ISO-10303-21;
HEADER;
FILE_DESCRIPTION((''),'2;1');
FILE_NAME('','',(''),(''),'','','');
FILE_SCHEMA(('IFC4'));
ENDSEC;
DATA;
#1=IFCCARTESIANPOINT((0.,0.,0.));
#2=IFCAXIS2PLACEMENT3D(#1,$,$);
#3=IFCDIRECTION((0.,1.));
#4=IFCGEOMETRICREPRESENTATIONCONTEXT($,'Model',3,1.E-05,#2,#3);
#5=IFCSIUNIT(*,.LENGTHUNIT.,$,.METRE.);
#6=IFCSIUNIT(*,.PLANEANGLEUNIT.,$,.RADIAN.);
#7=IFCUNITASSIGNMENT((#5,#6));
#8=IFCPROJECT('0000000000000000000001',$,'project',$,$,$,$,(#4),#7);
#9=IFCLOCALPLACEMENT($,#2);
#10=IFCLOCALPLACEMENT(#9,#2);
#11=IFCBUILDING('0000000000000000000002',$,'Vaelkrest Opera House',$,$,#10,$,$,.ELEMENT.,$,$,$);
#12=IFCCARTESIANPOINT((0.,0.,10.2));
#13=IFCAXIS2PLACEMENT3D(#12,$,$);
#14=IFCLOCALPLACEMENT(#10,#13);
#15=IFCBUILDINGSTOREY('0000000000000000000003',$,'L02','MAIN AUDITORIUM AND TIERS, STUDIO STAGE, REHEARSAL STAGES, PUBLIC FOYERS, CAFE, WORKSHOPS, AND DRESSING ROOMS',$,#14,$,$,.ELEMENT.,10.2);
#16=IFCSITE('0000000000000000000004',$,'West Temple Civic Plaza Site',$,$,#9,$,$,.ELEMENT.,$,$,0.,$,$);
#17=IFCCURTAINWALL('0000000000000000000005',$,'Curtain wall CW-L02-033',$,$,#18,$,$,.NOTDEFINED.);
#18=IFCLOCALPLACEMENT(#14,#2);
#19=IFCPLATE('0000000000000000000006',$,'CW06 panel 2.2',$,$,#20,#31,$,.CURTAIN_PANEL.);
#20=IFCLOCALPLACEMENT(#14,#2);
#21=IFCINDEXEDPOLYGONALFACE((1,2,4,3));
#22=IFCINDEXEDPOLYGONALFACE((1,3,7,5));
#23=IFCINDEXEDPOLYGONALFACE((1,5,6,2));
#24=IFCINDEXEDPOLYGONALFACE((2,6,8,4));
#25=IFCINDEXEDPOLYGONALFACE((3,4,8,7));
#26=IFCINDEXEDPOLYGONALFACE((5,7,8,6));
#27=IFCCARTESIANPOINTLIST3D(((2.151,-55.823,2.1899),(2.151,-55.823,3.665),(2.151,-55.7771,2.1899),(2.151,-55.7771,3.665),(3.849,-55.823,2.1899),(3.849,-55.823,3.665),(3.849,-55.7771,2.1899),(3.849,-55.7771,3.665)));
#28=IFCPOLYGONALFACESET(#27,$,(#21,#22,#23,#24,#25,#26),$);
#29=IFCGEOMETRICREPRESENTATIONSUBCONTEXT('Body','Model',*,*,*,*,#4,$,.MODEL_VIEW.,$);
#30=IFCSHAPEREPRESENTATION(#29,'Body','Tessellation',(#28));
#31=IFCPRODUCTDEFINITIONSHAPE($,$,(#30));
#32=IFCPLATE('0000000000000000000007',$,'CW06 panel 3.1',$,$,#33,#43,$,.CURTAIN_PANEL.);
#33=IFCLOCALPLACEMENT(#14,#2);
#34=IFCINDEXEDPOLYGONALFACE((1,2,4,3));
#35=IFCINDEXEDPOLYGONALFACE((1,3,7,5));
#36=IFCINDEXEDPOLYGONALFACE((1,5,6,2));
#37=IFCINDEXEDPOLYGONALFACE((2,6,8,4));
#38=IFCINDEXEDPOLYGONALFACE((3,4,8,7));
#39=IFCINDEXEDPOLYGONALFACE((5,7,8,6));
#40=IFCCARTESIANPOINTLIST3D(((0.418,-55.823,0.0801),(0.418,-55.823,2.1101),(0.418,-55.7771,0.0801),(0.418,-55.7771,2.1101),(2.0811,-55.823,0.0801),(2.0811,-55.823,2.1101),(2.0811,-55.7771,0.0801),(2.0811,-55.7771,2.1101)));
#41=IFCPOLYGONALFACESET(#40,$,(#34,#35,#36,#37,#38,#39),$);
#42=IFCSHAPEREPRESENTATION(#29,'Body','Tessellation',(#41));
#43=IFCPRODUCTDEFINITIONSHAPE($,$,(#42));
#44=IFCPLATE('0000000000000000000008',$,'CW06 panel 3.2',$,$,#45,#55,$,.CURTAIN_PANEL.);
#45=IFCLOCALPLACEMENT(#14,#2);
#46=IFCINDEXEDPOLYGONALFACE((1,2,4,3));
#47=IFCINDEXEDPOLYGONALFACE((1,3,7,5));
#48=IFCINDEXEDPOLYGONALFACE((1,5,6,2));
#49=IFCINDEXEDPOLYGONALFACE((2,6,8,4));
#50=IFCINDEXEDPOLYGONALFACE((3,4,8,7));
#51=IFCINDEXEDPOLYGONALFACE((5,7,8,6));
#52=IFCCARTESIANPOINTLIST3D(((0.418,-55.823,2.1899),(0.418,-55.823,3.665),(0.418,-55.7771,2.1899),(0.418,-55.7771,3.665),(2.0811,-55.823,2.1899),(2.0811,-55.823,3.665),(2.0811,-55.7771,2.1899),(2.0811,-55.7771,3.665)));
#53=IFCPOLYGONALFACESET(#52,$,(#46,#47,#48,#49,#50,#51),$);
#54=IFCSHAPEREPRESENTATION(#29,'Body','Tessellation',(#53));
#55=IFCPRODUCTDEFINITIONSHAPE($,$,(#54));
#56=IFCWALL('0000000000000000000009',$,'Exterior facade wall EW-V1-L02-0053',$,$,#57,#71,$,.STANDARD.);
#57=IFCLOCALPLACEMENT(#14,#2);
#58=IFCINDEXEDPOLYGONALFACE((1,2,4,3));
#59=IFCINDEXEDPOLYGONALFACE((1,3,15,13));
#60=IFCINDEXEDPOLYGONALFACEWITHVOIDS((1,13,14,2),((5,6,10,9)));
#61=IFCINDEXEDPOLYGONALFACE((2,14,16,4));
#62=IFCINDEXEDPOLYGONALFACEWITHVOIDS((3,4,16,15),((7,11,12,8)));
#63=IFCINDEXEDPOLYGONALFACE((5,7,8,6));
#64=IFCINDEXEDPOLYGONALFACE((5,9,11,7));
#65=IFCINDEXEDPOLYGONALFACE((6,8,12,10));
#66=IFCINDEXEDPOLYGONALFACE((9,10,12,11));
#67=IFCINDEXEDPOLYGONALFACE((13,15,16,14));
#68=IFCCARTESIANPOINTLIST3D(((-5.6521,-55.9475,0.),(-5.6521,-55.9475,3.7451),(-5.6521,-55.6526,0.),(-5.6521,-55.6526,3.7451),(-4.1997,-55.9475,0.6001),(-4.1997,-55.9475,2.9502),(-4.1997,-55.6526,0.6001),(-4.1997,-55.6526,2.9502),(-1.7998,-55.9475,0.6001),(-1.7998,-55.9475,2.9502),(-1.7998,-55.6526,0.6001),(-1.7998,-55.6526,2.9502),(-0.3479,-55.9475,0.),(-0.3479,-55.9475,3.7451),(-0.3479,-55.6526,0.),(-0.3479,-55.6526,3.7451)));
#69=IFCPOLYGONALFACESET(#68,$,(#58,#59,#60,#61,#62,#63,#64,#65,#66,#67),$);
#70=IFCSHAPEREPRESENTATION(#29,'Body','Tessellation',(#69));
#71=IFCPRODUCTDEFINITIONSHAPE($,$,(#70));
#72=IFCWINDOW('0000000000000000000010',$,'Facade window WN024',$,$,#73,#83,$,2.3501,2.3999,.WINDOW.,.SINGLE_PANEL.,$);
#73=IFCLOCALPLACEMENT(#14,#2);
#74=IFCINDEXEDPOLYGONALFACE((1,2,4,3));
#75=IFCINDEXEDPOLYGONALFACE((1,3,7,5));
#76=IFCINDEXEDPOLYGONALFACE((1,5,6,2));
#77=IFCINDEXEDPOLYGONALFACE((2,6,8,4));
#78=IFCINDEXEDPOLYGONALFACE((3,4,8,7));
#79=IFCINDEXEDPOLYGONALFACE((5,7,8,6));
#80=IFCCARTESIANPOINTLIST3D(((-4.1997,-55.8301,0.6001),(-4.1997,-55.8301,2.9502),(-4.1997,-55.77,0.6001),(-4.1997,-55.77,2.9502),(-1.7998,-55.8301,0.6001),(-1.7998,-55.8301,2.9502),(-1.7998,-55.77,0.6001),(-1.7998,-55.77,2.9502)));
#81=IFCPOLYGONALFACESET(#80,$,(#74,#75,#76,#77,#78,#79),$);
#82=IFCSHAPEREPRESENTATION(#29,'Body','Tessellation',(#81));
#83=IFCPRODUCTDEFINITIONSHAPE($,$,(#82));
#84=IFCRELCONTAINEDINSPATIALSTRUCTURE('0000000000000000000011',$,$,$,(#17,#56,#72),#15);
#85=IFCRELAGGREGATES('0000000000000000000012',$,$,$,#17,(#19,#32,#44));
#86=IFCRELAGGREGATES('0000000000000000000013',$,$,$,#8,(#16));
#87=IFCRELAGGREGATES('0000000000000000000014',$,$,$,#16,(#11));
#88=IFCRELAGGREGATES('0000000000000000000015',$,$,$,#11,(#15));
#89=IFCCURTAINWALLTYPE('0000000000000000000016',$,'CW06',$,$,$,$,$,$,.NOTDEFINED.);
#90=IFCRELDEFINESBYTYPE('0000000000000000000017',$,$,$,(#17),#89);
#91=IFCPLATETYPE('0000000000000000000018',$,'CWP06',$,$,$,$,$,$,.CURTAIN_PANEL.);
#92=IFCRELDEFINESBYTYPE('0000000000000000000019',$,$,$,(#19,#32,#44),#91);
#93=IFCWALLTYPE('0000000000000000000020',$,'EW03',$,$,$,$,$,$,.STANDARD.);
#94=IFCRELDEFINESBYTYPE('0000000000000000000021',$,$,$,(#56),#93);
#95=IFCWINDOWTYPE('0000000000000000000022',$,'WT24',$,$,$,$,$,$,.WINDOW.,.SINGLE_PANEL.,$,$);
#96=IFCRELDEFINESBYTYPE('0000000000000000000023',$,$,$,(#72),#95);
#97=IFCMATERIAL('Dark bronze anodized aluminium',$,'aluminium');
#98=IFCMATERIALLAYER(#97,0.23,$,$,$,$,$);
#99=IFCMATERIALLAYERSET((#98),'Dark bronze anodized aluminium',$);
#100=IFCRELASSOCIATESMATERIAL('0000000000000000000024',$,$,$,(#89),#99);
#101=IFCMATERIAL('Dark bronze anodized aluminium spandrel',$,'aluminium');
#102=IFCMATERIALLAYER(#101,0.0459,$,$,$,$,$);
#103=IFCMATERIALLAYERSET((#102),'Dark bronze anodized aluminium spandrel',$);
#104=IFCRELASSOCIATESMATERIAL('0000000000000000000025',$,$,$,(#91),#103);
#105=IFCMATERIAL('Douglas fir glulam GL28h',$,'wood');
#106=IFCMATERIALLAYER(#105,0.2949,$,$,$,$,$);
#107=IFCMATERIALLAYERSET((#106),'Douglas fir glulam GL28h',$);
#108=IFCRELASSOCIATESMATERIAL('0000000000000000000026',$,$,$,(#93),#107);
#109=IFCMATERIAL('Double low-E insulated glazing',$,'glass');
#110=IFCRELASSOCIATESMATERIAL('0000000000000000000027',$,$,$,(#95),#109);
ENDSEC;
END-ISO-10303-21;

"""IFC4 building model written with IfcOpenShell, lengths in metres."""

from ifc_helpers import new_model, si_unit, direction, frame, frame_2d, origin, origin_2d, place, context, subcontext, project, spatial, rectangle, extrude, material, layer, layer_set, type_object, element, fill, aggregate, save


model = new_model("IFC4")

# Units and contexts
model_context = context("Model", 3, precision=1e-05, world=origin(), true_north=direction((0.0, 1.0)))
body_context = subcontext(model_context, "Body", "Model", "MODEL_VIEW")
ifc_project = project(units=[si_unit("LENGTHUNIT", "METRE"), si_unit("PLANEANGLEUNIT", "RADIAN")], contexts=[model_context])

# Site, building, storey
site_placement = place(None, origin())
site = spatial("IfcSite", under=ifc_project, at=site_placement, Name="West Temple Civic Plaza Site", CompositionType="ELEMENT", RefElevation=0.0)
building_placement = place(site_placement, origin())
building = spatial("IfcBuilding", under=site, at=building_placement, Name="Vaelkrest Opera House", CompositionType="ELEMENT")
storey_placement = place(building_placement, frame((0.0, 0.0, 10.2)))
storey = spatial("IfcBuildingStorey", under=building, at=storey_placement, Name="L02", Description="MAIN AUDITORIUM AND TIERS, STUDIO STAGE, REHEARSAL STAGES, PUBLIC FOYERS, CAFE, WORKSHOPS, AND DRESSING ROOMS", CompositionType="ELEMENT", Elevation=10.2)

# Curtain wall
ifc_material_1 = material(Name="Dark bronze anodized aluminium", Category="aluminium")
ifc_layer_1 = layer(ifc_material_1, 0.23)
ifc_layer_set_1 = layer_set([ifc_layer_1], Name="Dark bronze anodized aluminium")
curtain_wall_type_1 = type_object("IfcCurtainWallType", Name="CW06", PredefinedType="NOTDEFINED", material=ifc_layer_set_1)
curtain_wall_1_placement = place(storey_placement, origin())
curtain_wall_1 = element("IfcCurtainWall", 1, at=curtain_wall_1_placement, inside=storey, type_object=curtain_wall_type_1, Name="Curtain wall CW-L02-033", PredefinedType="NOTDEFINED")

# Plates
ifc_material_2 = material(Name="Dark bronze anodized aluminium spandrel", Category="aluminium")
ifc_layer_2 = layer(ifc_material_2, 0.0459)
ifc_layer_set_2 = layer_set([ifc_layer_2], Name="Dark bronze anodized aluminium spandrel")
plate_type = type_object("IfcPlateType", Name="CWP06", PredefinedType="CURTAIN_PANEL", material=ifc_layer_set_2)
plate_1_placement = place(storey_placement, frame((3.0, -55.8, 2.1899), z_axis=(0.0, 0.0, 1.0), x_axis=(-1.0, 0.0, 0.0)))
plate_1 = element("IfcPlate", 2, at=plate_1_placement, type_object=plate_type, Name="CW06 panel 2.2", PredefinedType="CURTAIN_PANEL", context=body_context, shape_type="SweptSolid", body=[
    extrude(rectangle(XDim=1.698, YDim=0.0459, at=origin_2d()), origin(), (0.0, 0.0, 1.0), 1.4751),
])
plate_2_placement = place(storey_placement, frame((1.2495, -55.8, 0.0801), z_axis=(0.0, 0.0, 1.0), x_axis=(-1.0, 0.0, 0.0)))
plate_2 = element("IfcPlate", 3, at=plate_2_placement, type_object=plate_type, Name="CW06 panel 3.1", PredefinedType="CURTAIN_PANEL", context=body_context, shape_type="SweptSolid", body=[
    extrude(rectangle(XDim=1.6631, YDim=0.0459, at=origin_2d()), origin(), (0.0, 0.0, 1.0), 2.03),
])
plate_3_placement = place(storey_placement, frame((1.2495, -55.8, 2.1899), z_axis=(0.0, 0.0, 1.0), x_axis=(-1.0, 0.0, 0.0)))
plate_3 = element("IfcPlate", 4, at=plate_3_placement, type_object=plate_type, Name="CW06 panel 3.2", PredefinedType="CURTAIN_PANEL", context=body_context, shape_type="SweptSolid", body=[
    extrude(rectangle(XDim=1.6631, YDim=0.0459, at=origin_2d()), origin(), (0.0, 0.0, 1.0), 1.4751),
])
aggregate(curtain_wall_1, [plate_1, plate_2, plate_3])

# Wall, opening, window
ifc_material_3 = material(Name="Douglas fir glulam GL28h", Category="wood")
ifc_layer_3 = layer(ifc_material_3, 0.2949)
ifc_layer_set_3 = layer_set([ifc_layer_3], Name="Douglas fir glulam GL28h")
wall_type = type_object("IfcWallType", Name="EW03", PredefinedType="STANDARD", material=ifc_layer_set_3)
wall_placement = place(storey_placement, frame((-0.3479, -55.8, 0.0), z_axis=(0.0, 0.0, 1.0), x_axis=(-1.0, 0.0, 0.0)))
wall = element("IfcWall", 5, at=wall_placement, inside=storey, type_object=wall_type, Name="Exterior facade wall EW-V1-L02-0053", PredefinedType="STANDARD", context=body_context, shape_type="SweptSolid", body=[
    extrude(rectangle(XDim=5.3042, YDim=0.2949, at=frame_2d((2.6521, 0.0))), origin(), (0.0, 0.0, 1.0), 3.7451),
])
opening_placement = place(wall_placement, frame((1.4519, 0.0, 0.6001)))
opening = element("IfcOpeningElement", 6, at=opening_placement, cuts=wall, PredefinedType="OPENING", context=body_context, shape_type="SweptSolid", body=[
    extrude(rectangle(XDim=2.3999, YDim=2.3501, at=frame_2d((1.2, 1.175))), frame((0.0, 0.1575, 0.0), z_axis=(0.0, -1.0, 0.0), x_axis=(1.0, 0.0, 0.0)), (0.0, 0.0, 1.0), 0.3149),
])
ifc_material_4 = material(Name="Double low-E insulated glazing", Category="glass")
window_type = type_object("IfcWindowType", Name="WT24", PartitioningType="SINGLE_PANEL", PredefinedType="WINDOW", material=ifc_material_4)
window_placement = place(opening_placement, origin())
window = element("IfcWindow", 7, at=window_placement, inside=storey, type_object=window_type, Name="Facade window WN024", OverallHeight=2.3501, OverallWidth=2.3999, PartitioningType="SINGLE_PANEL", PredefinedType="WINDOW", context=body_context, shape_type="SweptSolid", body=[
    extrude(rectangle(XDim=2.3999, YDim=2.3501, at=frame_2d((1.2, 1.175))), frame((0.0, 0.03, 0.0), z_axis=(0.0, -1.0, 0.0), x_axis=(1.0, 0.0, 0.0)), (0.0, 0.0, 1.0), 0.0601),
])
fill(opening, window)

save(model, "model.ifc")
